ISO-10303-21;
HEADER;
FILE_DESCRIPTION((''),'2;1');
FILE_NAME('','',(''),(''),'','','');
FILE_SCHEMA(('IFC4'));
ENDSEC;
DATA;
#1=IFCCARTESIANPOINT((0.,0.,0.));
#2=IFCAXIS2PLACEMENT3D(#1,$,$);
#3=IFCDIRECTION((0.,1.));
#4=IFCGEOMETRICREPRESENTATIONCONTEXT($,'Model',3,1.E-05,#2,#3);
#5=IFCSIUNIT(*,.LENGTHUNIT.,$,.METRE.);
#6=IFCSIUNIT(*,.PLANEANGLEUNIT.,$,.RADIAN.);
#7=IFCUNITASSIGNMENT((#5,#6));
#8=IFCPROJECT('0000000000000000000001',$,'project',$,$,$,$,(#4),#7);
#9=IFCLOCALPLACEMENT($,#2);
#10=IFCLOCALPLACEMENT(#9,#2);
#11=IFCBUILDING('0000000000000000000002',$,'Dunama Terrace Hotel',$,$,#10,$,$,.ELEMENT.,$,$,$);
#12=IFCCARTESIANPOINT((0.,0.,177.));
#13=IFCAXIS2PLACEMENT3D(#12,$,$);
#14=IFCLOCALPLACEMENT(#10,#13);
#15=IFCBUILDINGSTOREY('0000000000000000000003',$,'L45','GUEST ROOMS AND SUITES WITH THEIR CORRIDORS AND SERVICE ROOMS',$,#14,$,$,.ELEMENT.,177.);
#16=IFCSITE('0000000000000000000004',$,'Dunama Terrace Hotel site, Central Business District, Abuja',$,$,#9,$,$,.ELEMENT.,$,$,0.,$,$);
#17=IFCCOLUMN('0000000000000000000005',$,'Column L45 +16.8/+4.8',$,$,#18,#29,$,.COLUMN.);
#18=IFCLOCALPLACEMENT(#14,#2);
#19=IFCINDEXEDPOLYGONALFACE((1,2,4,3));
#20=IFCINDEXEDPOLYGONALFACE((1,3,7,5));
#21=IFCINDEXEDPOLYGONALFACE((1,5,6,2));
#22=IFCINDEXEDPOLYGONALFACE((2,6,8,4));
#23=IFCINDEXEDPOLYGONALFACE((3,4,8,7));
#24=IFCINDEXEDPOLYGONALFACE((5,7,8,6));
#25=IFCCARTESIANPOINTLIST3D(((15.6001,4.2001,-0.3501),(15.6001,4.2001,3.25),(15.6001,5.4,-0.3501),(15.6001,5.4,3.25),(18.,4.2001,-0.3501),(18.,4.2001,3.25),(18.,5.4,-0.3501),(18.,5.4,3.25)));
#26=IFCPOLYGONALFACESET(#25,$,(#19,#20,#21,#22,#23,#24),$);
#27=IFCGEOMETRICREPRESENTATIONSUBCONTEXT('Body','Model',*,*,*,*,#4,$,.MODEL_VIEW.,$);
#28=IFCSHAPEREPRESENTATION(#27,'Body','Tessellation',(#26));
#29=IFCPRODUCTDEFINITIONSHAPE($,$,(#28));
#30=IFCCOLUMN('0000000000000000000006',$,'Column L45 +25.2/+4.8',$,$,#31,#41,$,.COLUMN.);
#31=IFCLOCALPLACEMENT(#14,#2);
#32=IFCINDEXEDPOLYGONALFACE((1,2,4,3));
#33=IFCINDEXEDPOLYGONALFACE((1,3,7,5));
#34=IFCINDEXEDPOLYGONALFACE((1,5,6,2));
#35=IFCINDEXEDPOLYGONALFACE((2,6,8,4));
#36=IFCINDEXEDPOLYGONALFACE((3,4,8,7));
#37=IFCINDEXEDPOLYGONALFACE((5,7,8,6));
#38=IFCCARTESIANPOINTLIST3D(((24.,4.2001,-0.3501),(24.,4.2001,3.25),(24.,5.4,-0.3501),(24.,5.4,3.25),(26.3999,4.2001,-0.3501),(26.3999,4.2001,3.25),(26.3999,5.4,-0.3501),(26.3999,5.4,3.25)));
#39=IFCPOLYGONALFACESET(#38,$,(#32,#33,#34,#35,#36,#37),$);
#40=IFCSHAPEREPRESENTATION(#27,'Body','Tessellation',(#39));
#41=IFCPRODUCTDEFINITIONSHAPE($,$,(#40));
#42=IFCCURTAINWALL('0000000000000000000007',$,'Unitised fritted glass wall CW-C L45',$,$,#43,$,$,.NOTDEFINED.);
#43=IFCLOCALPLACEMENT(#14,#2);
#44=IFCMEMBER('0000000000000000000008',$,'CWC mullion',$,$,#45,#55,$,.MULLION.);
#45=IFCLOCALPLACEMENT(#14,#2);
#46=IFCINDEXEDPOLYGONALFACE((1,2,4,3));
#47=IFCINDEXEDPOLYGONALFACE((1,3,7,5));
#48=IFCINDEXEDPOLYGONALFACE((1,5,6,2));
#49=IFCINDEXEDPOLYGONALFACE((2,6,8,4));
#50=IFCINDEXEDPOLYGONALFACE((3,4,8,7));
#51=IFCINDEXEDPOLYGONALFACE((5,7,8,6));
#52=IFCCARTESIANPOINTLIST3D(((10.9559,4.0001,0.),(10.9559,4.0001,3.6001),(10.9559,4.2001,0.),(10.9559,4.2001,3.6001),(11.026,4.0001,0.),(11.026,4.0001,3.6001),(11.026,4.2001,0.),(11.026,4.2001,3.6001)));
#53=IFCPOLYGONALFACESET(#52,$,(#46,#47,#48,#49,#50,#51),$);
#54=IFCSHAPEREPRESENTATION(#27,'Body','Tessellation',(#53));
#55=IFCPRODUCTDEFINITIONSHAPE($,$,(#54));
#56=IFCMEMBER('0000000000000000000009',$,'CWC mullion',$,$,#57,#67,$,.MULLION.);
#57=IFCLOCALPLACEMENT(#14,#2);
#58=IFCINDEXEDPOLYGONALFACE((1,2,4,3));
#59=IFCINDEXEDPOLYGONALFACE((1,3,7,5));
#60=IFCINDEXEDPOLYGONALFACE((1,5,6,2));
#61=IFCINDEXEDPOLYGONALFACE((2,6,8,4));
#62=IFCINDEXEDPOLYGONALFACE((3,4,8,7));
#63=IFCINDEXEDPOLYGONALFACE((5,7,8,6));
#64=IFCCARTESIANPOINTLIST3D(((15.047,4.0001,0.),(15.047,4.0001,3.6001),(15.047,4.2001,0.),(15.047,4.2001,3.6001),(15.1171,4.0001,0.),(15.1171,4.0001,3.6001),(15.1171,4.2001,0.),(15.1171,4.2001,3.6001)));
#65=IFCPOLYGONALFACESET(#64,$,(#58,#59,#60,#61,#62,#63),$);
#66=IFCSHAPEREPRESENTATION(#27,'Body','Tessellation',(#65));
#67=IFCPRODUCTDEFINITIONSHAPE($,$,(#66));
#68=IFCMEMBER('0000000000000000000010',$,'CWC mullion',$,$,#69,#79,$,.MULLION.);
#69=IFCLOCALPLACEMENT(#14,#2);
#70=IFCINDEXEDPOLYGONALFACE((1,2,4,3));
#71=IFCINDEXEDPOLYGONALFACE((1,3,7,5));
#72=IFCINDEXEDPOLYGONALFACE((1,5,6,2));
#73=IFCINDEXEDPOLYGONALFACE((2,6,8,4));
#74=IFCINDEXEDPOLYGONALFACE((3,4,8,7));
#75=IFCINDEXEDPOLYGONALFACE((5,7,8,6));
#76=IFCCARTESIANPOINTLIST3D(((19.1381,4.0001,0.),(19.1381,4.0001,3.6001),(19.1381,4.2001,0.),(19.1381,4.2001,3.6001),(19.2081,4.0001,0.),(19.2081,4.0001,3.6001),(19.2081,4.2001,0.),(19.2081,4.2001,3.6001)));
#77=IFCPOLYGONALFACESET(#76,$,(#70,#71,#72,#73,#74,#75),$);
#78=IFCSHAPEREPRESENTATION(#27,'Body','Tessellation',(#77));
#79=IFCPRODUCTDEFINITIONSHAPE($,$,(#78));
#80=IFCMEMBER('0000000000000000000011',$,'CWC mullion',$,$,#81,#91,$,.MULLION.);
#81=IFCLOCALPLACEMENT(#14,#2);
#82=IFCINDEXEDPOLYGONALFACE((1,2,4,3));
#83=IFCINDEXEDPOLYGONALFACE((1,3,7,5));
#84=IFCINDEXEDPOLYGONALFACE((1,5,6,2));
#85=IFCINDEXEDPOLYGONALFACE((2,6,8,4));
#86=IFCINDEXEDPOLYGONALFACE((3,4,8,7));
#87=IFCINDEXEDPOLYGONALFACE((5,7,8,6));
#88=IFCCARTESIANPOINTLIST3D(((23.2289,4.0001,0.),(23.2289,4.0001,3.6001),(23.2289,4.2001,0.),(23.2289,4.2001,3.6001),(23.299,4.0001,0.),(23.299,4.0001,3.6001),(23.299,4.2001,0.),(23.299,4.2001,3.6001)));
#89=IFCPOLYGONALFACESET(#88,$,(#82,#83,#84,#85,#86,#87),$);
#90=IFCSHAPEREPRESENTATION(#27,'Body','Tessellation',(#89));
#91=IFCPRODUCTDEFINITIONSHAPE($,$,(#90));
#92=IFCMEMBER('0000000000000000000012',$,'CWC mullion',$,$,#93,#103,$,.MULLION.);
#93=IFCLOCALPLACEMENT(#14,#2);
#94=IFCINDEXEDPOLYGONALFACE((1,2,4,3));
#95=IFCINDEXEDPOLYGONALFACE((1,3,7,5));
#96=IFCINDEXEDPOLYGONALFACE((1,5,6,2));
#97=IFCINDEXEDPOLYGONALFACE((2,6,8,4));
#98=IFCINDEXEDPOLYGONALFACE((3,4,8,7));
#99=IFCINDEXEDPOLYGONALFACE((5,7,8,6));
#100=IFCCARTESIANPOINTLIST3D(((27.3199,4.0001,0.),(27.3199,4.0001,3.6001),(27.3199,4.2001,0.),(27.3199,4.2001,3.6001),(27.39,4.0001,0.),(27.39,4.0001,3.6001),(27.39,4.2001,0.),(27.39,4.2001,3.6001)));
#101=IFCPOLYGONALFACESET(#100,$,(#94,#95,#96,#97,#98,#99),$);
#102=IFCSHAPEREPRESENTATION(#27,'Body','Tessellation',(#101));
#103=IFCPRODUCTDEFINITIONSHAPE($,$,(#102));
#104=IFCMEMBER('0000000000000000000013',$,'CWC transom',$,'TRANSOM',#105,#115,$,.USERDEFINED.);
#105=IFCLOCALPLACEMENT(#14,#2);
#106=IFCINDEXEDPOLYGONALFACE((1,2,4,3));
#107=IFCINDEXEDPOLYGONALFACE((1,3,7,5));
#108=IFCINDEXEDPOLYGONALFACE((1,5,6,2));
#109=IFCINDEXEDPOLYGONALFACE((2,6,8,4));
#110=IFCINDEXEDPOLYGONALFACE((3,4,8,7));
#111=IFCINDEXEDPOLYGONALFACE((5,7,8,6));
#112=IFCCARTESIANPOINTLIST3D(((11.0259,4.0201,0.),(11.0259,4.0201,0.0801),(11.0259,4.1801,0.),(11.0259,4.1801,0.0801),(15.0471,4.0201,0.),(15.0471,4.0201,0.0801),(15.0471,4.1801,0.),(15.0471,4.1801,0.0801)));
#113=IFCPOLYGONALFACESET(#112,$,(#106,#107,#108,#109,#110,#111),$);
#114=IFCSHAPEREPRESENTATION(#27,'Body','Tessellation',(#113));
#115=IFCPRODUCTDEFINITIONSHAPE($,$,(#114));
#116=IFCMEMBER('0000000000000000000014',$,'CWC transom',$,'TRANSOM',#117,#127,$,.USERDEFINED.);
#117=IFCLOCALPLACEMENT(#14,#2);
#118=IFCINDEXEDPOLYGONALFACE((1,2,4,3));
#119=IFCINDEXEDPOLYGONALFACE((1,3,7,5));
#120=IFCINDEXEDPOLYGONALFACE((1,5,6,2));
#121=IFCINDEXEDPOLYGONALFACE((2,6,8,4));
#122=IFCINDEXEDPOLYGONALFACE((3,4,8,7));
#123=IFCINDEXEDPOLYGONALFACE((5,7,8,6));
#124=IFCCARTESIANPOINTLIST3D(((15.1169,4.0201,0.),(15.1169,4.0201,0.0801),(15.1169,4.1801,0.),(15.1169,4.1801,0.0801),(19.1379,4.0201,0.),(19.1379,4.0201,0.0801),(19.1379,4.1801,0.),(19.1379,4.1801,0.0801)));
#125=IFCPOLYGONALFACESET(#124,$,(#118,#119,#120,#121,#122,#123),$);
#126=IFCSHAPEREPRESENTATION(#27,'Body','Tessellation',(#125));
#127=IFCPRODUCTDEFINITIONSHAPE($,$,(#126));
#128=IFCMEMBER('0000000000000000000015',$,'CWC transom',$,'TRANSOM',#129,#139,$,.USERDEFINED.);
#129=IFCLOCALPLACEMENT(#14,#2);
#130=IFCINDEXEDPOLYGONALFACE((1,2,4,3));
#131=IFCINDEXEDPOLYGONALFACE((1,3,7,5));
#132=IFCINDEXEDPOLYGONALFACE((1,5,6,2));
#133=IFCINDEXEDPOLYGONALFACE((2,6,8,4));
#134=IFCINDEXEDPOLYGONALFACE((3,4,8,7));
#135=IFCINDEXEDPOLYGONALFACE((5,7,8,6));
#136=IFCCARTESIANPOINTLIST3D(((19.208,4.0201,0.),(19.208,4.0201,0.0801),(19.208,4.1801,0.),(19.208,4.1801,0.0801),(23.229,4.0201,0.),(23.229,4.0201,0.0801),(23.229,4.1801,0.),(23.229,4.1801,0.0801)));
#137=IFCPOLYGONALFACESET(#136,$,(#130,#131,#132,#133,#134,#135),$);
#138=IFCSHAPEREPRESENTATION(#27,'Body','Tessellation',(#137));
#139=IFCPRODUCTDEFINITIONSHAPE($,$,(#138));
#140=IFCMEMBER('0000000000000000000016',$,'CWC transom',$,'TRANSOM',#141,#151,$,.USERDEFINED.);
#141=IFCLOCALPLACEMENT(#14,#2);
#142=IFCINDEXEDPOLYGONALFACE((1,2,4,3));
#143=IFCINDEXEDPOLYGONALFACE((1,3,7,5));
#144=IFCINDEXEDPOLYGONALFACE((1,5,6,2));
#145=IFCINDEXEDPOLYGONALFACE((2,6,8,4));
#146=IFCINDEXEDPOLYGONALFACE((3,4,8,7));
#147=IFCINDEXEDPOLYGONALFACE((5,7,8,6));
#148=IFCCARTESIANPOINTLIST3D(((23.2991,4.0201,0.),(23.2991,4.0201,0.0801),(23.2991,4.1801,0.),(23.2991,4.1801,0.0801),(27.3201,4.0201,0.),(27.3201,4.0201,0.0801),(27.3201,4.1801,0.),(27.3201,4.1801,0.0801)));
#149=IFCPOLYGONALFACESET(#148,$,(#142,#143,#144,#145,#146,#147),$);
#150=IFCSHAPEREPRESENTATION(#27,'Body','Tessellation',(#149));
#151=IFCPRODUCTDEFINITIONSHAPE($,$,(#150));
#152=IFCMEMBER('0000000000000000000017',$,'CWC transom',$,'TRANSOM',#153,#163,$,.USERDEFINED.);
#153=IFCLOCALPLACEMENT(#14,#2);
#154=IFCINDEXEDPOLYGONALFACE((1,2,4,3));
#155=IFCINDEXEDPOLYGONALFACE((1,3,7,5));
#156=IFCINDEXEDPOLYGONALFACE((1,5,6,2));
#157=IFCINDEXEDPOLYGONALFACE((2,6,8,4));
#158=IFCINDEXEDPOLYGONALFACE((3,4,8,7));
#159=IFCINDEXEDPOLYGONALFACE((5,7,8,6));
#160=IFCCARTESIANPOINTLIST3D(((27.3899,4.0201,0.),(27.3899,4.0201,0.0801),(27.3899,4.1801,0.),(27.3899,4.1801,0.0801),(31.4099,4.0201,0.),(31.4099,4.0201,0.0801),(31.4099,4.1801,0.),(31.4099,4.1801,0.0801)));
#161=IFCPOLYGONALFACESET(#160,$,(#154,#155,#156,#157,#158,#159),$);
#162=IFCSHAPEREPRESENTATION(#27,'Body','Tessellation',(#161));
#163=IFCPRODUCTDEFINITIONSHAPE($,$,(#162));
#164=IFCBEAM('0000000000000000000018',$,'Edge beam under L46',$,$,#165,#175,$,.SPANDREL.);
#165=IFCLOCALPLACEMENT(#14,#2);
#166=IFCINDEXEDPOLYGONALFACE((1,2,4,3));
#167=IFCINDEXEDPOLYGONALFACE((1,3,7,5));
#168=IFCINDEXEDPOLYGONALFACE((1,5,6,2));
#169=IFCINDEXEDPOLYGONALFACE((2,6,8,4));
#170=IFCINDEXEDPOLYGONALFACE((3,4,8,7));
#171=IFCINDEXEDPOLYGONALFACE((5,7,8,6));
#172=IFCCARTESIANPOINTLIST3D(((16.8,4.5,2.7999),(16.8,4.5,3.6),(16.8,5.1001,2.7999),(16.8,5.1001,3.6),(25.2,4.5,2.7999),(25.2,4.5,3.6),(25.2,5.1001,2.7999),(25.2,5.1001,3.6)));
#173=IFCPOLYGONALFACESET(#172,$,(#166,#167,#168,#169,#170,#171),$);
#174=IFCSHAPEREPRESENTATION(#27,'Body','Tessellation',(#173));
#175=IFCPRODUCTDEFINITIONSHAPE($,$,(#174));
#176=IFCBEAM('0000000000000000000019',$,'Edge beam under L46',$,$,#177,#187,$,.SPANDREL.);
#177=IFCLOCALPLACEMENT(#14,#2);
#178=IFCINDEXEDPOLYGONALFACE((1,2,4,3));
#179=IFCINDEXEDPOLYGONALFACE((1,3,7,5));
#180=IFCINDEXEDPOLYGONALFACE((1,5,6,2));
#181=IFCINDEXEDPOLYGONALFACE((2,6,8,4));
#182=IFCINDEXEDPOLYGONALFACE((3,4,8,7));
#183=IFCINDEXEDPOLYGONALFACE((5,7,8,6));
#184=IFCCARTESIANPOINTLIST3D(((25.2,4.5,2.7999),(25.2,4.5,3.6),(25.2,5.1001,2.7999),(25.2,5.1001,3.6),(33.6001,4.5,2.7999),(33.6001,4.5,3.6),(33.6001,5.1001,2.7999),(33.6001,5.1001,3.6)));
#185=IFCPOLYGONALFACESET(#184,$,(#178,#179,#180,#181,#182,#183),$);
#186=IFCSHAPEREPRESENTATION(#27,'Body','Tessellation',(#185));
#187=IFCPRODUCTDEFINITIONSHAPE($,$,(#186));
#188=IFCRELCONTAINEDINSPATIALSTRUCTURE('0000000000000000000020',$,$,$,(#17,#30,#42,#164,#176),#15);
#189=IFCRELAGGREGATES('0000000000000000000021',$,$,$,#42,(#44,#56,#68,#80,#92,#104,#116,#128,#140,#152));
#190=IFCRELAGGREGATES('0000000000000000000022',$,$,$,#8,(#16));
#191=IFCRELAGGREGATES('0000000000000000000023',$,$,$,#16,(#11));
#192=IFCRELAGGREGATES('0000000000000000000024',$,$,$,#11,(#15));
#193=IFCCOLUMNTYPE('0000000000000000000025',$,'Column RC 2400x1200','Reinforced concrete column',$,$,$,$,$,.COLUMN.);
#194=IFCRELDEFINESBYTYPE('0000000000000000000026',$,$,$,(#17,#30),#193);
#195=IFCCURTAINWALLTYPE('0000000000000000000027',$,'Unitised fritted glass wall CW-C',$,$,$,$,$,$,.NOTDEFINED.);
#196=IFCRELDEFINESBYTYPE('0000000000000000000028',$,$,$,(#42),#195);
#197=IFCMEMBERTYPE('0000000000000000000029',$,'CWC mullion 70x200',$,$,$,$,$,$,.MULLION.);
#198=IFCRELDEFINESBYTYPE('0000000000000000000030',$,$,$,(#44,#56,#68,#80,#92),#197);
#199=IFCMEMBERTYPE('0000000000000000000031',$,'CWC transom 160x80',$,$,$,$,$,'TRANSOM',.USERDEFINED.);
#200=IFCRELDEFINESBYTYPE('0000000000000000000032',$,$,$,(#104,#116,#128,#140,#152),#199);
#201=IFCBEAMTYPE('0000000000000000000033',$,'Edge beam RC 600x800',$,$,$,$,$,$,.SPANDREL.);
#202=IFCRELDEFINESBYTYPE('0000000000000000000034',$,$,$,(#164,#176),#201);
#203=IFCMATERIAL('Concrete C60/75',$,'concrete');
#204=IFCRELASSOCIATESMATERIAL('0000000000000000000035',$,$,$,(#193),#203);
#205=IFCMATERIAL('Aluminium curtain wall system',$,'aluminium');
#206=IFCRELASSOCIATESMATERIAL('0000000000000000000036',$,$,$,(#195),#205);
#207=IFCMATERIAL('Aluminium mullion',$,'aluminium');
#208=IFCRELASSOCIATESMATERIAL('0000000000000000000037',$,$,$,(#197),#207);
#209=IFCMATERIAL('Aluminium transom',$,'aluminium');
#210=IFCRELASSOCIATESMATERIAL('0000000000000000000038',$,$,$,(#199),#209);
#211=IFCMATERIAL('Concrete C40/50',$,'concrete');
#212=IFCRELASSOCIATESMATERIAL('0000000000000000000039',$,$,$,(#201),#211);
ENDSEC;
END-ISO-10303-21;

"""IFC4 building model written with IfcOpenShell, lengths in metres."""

from ifc_helpers import new_model, si_unit, direction, frame, origin, origin_2d, place, context, subcontext, project, spatial, rectangle, extrude, material, material_profile, profile_set, type_object, element, aggregate, save


model = new_model("IFC4")

# Units and contexts
model_context = context("Model", 3, precision=1e-05, world=origin(), true_north=direction((0.0, 1.0)))
body_context = subcontext(model_context, "Body", "Model", "MODEL_VIEW")
ifc_project = project(units=[si_unit("LENGTHUNIT", "METRE"), si_unit("PLANEANGLEUNIT", "RADIAN")], contexts=[model_context])

# Site, building, storey
site_placement = place(None, origin())
site = spatial("IfcSite", under=ifc_project, at=site_placement, Name="Dunama Terrace Hotel site, Central Business District, Abuja", CompositionType="ELEMENT", RefElevation=0.0)
building_placement = place(site_placement, origin())
building = spatial("IfcBuilding", under=site, at=building_placement, Name="Dunama Terrace Hotel", CompositionType="ELEMENT")
storey_placement = place(building_placement, frame((0.0, 0.0, 177.0)))
storey = spatial("IfcBuildingStorey", under=building, at=storey_placement, Name="L45", Description="GUEST ROOMS AND SUITES WITH THEIR CORRIDORS AND SERVICE ROOMS", CompositionType="ELEMENT", Elevation=177.0)

# Columns
ifc_material_1 = material(Name="Concrete C60/75", Category="concrete")
ifc_material_profile_1 = material_profile(ifc_material_1, rectangle(XDim=2.3999, YDim=1.2, at=origin_2d()), Name="RC 2400x1200")
ifc_profile_set_1 = profile_set([ifc_material_profile_1], Name="Concrete C60/75")
column_type = type_object("IfcColumnType", Name="Column RC 2400x1200", Description="Reinforced concrete column", PredefinedType="COLUMN", material=ifc_profile_set_1)
for number, where, z_axis, x_axis, name in (
    (1, (16.8, 4.8, -0.3501), (0.0, 0.0, 1.0), (1.0, 0.0, 0.0), "Column L45 +16.8/+4.8"),
    (2, (25.2, 4.8, -0.3501), (0.0, 0.0, 1.0), (1.0, 0.0, 0.0), "Column L45 +25.2/+4.8"),
):
    element("IfcColumn", number, at=place(storey_placement, frame(where, z_axis=z_axis, x_axis=x_axis)), inside=storey, type_object=column_type, Name=name, PredefinedType="COLUMN", context=body_context, shape_type="SweptSolid", body=[
        extrude(rectangle(XDim=2.3999, YDim=1.2, at=origin_2d()), origin(), (0.0, 0.0, 1.0), 3.6001),
    ])

# Curtain wall, members
ifc_material_2 = material(Name="Aluminium curtain wall system", Category="aluminium")
curtain_wall_type = type_object("IfcCurtainWallType", Name="Unitised fritted glass wall CW-C", PredefinedType="NOTDEFINED", material=ifc_material_2)
curtain_wall_placement = place(storey_placement, origin())
curtain_wall = element("IfcCurtainWall", 3, at=curtain_wall_placement, inside=storey, type_object=curtain_wall_type, Name="Unitised fritted glass wall CW-C L45", PredefinedType="NOTDEFINED")
ifc_material_3 = material(Name="Aluminium mullion", Category="aluminium")
ifc_material_profile_2 = material_profile(ifc_material_3, rectangle(XDim=0.0701, YDim=0.2, at=origin_2d()), Name="CWC MULLION 70X200")
ifc_profile_set_2 = profile_set([ifc_material_profile_2], Name="Aluminium mullion")
member_type_1 = type_object("IfcMemberType", Name="CWC mullion 70x200", PredefinedType="MULLION", material=ifc_profile_set_2)
member_1_placement = place(storey_placement, frame((10.991, 4.1001, 0.0), z_axis=(0.0, 0.0, 1.0), x_axis=(1.0, 0.0, 0.0)))
member_1 = element("IfcMember", 4, at=member_1_placement, type_object=member_type_1, Name="CWC mullion", PredefinedType="MULLION", context=body_context, shape_type="SweptSolid", body=[
    extrude(rectangle(XDim=0.0701, YDim=0.2, at=origin_2d()), origin(), (0.0, 0.0, 1.0), 3.6001),
])
member_2_placement = place(storey_placement, frame((15.082, 4.1001, 0.0), z_axis=(0.0, 0.0, 1.0), x_axis=(1.0, 0.0, 0.0)))
member_2 = element("IfcMember", 5, at=member_2_placement, type_object=member_type_1, Name="CWC mullion", PredefinedType="MULLION", context=body_context, shape_type="SweptSolid", body=[
    extrude(rectangle(XDim=0.0701, YDim=0.2, at=origin_2d()), origin(), (0.0, 0.0, 1.0), 3.6001),
])
member_3_placement = place(storey_placement, frame((19.1731, 4.1001, 0.0), z_axis=(0.0, 0.0, 1.0), x_axis=(1.0, 0.0, 0.0)))
member_3 = element("IfcMember", 6, at=member_3_placement, type_object=member_type_1, Name="CWC mullion", PredefinedType="MULLION", context=body_context, shape_type="SweptSolid", body=[
    extrude(rectangle(XDim=0.0701, YDim=0.2, at=origin_2d()), origin(), (0.0, 0.0, 1.0), 3.6001),
])
member_4_placement = place(storey_placement, frame((23.2639, 4.1001, 0.0), z_axis=(0.0, 0.0, 1.0), x_axis=(1.0, 0.0, 0.0)))
member_4 = element("IfcMember", 7, at=member_4_placement, type_object=member_type_1, Name="CWC mullion", PredefinedType="MULLION", context=body_context, shape_type="SweptSolid", body=[
    extrude(rectangle(XDim=0.0701, YDim=0.2, at=origin_2d()), origin(), (0.0, 0.0, 1.0), 3.6001),
])
member_5_placement = place(storey_placement, frame((27.355, 4.1001, 0.0), z_axis=(0.0, 0.0, 1.0), x_axis=(1.0, 0.0, 0.0)))
member_5 = element("IfcMember", 8, at=member_5_placement, type_object=member_type_1, Name="CWC mullion", PredefinedType="MULLION", context=body_context, shape_type="SweptSolid", body=[
    extrude(rectangle(XDim=0.0701, YDim=0.2, at=origin_2d()), origin(), (0.0, 0.0, 1.0), 3.6001),
])
ifc_material_4 = material(Name="Aluminium transom", Category="aluminium")
ifc_material_profile_3 = material_profile(ifc_material_4, rectangle(XDim=0.1599, YDim=0.0801, at=origin_2d()), Name="CWC TRANSOM 160X80")
ifc_profile_set_3 = profile_set([ifc_material_profile_3], Name="Aluminium transom")
member_type_2 = type_object("IfcMemberType", Name="CWC transom 160x80", ElementType="TRANSOM", PredefinedType="USERDEFINED", material=ifc_profile_set_3)
member_6_placement = place(storey_placement, frame((11.0259, 4.1001, 0.04), z_axis=(1.0, 0.0, 0.0), x_axis=(0.0, 1.0, 0.0)))
member_6 = element("IfcMember", 9, at=member_6_placement, type_object=member_type_2, Name="CWC transom", ObjectType="TRANSOM", PredefinedType="USERDEFINED", context=body_context, shape_type="SweptSolid", body=[
    extrude(rectangle(XDim=0.1599, YDim=0.0801, at=origin_2d()), origin(), (0.0, 0.0, 1.0), 4.0212),
])
member_7_placement = place(storey_placement, frame((15.1169, 4.1001, 0.04), z_axis=(1.0, 0.0, 0.0), x_axis=(0.0, 1.0, 0.0)))
member_7 = element("IfcMember", 10, at=member_7_placement, type_object=member_type_2, Name="CWC transom", ObjectType="TRANSOM", PredefinedType="USERDEFINED", context=body_context, shape_type="SweptSolid", body=[
    extrude(rectangle(XDim=0.1599, YDim=0.0801, at=origin_2d()), origin(), (0.0, 0.0, 1.0), 4.021),
])
member_8_placement = place(storey_placement, frame((19.208, 4.1001, 0.04), z_axis=(1.0, 0.0, 0.0), x_axis=(0.0, 1.0, 0.0)))
member_8 = element("IfcMember", 11, at=member_8_placement, type_object=member_type_2, Name="CWC transom", ObjectType="TRANSOM", PredefinedType="USERDEFINED", context=body_context, shape_type="SweptSolid", body=[
    extrude(rectangle(XDim=0.1599, YDim=0.0801, at=origin_2d()), origin(), (0.0, 0.0, 1.0), 4.021),
])
member_9_placement = place(storey_placement, frame((23.2991, 4.1001, 0.04), z_axis=(1.0, 0.0, 0.0), x_axis=(0.0, 1.0, 0.0)))
member_9 = element("IfcMember", 12, at=member_9_placement, type_object=member_type_2, Name="CWC transom", ObjectType="TRANSOM", PredefinedType="USERDEFINED", context=body_context, shape_type="SweptSolid", body=[
    extrude(rectangle(XDim=0.1599, YDim=0.0801, at=origin_2d()), origin(), (0.0, 0.0, 1.0), 4.021),
])
member_10_placement = place(storey_placement, frame((27.3899, 4.1001, 0.04), z_axis=(1.0, 0.0, 0.0), x_axis=(0.0, 1.0, 0.0)))
member_10 = element("IfcMember", 13, at=member_10_placement, type_object=member_type_2, Name="CWC transom", ObjectType="TRANSOM", PredefinedType="USERDEFINED", context=body_context, shape_type="SweptSolid", body=[
    extrude(rectangle(XDim=0.1599, YDim=0.0801, at=origin_2d()), origin(), (0.0, 0.0, 1.0), 4.02),
])

# Beams
ifc_material_5 = material(Name="Concrete C40/50", Category="concrete")
ifc_material_profile_4 = material_profile(ifc_material_5, rectangle(XDim=0.6001, YDim=0.8, at=origin_2d()), Name="RC 600x800")
ifc_profile_set_4 = profile_set([ifc_material_profile_4], Name="Concrete C40/50")
beam_type = type_object("IfcBeamType", Name="Edge beam RC 600x800", PredefinedType="SPANDREL", material=ifc_profile_set_4)
beam_1_placement = place(storey_placement, frame((16.8, 4.8, 3.2), z_axis=(1.0, 0.0, 0.0), x_axis=(0.0, 1.0, 0.0)))
element("IfcBeam", 14, at=beam_1_placement, inside=storey, type_object=beam_type, Name="Edge beam under L46", PredefinedType="SPANDREL", context=body_context, shape_type="SweptSolid", body=[
    extrude(rectangle(XDim=0.6001, YDim=0.8, at=origin_2d()), origin(), (0.0, 0.0, 1.0), 8.3999),
])
beam_2_placement = place(storey_placement, frame((25.2, 4.8, 3.2), z_axis=(1.0, 0.0, 0.0), x_axis=(0.0, 1.0, 0.0)))
element("IfcBeam", 15, at=beam_2_placement, inside=storey, type_object=beam_type, Name="Edge beam under L46", PredefinedType="SPANDREL", context=body_context, shape_type="SweptSolid", body=[
    extrude(rectangle(XDim=0.6001, YDim=0.8, at=origin_2d()), origin(), (0.0, 0.0, 1.0), 8.4001),
])

aggregate(curtain_wall, [member_1, member_2, member_3, member_4, member_5, member_6, member_7, member_8, member_9, member_10])

save(model, "model.ifc")
